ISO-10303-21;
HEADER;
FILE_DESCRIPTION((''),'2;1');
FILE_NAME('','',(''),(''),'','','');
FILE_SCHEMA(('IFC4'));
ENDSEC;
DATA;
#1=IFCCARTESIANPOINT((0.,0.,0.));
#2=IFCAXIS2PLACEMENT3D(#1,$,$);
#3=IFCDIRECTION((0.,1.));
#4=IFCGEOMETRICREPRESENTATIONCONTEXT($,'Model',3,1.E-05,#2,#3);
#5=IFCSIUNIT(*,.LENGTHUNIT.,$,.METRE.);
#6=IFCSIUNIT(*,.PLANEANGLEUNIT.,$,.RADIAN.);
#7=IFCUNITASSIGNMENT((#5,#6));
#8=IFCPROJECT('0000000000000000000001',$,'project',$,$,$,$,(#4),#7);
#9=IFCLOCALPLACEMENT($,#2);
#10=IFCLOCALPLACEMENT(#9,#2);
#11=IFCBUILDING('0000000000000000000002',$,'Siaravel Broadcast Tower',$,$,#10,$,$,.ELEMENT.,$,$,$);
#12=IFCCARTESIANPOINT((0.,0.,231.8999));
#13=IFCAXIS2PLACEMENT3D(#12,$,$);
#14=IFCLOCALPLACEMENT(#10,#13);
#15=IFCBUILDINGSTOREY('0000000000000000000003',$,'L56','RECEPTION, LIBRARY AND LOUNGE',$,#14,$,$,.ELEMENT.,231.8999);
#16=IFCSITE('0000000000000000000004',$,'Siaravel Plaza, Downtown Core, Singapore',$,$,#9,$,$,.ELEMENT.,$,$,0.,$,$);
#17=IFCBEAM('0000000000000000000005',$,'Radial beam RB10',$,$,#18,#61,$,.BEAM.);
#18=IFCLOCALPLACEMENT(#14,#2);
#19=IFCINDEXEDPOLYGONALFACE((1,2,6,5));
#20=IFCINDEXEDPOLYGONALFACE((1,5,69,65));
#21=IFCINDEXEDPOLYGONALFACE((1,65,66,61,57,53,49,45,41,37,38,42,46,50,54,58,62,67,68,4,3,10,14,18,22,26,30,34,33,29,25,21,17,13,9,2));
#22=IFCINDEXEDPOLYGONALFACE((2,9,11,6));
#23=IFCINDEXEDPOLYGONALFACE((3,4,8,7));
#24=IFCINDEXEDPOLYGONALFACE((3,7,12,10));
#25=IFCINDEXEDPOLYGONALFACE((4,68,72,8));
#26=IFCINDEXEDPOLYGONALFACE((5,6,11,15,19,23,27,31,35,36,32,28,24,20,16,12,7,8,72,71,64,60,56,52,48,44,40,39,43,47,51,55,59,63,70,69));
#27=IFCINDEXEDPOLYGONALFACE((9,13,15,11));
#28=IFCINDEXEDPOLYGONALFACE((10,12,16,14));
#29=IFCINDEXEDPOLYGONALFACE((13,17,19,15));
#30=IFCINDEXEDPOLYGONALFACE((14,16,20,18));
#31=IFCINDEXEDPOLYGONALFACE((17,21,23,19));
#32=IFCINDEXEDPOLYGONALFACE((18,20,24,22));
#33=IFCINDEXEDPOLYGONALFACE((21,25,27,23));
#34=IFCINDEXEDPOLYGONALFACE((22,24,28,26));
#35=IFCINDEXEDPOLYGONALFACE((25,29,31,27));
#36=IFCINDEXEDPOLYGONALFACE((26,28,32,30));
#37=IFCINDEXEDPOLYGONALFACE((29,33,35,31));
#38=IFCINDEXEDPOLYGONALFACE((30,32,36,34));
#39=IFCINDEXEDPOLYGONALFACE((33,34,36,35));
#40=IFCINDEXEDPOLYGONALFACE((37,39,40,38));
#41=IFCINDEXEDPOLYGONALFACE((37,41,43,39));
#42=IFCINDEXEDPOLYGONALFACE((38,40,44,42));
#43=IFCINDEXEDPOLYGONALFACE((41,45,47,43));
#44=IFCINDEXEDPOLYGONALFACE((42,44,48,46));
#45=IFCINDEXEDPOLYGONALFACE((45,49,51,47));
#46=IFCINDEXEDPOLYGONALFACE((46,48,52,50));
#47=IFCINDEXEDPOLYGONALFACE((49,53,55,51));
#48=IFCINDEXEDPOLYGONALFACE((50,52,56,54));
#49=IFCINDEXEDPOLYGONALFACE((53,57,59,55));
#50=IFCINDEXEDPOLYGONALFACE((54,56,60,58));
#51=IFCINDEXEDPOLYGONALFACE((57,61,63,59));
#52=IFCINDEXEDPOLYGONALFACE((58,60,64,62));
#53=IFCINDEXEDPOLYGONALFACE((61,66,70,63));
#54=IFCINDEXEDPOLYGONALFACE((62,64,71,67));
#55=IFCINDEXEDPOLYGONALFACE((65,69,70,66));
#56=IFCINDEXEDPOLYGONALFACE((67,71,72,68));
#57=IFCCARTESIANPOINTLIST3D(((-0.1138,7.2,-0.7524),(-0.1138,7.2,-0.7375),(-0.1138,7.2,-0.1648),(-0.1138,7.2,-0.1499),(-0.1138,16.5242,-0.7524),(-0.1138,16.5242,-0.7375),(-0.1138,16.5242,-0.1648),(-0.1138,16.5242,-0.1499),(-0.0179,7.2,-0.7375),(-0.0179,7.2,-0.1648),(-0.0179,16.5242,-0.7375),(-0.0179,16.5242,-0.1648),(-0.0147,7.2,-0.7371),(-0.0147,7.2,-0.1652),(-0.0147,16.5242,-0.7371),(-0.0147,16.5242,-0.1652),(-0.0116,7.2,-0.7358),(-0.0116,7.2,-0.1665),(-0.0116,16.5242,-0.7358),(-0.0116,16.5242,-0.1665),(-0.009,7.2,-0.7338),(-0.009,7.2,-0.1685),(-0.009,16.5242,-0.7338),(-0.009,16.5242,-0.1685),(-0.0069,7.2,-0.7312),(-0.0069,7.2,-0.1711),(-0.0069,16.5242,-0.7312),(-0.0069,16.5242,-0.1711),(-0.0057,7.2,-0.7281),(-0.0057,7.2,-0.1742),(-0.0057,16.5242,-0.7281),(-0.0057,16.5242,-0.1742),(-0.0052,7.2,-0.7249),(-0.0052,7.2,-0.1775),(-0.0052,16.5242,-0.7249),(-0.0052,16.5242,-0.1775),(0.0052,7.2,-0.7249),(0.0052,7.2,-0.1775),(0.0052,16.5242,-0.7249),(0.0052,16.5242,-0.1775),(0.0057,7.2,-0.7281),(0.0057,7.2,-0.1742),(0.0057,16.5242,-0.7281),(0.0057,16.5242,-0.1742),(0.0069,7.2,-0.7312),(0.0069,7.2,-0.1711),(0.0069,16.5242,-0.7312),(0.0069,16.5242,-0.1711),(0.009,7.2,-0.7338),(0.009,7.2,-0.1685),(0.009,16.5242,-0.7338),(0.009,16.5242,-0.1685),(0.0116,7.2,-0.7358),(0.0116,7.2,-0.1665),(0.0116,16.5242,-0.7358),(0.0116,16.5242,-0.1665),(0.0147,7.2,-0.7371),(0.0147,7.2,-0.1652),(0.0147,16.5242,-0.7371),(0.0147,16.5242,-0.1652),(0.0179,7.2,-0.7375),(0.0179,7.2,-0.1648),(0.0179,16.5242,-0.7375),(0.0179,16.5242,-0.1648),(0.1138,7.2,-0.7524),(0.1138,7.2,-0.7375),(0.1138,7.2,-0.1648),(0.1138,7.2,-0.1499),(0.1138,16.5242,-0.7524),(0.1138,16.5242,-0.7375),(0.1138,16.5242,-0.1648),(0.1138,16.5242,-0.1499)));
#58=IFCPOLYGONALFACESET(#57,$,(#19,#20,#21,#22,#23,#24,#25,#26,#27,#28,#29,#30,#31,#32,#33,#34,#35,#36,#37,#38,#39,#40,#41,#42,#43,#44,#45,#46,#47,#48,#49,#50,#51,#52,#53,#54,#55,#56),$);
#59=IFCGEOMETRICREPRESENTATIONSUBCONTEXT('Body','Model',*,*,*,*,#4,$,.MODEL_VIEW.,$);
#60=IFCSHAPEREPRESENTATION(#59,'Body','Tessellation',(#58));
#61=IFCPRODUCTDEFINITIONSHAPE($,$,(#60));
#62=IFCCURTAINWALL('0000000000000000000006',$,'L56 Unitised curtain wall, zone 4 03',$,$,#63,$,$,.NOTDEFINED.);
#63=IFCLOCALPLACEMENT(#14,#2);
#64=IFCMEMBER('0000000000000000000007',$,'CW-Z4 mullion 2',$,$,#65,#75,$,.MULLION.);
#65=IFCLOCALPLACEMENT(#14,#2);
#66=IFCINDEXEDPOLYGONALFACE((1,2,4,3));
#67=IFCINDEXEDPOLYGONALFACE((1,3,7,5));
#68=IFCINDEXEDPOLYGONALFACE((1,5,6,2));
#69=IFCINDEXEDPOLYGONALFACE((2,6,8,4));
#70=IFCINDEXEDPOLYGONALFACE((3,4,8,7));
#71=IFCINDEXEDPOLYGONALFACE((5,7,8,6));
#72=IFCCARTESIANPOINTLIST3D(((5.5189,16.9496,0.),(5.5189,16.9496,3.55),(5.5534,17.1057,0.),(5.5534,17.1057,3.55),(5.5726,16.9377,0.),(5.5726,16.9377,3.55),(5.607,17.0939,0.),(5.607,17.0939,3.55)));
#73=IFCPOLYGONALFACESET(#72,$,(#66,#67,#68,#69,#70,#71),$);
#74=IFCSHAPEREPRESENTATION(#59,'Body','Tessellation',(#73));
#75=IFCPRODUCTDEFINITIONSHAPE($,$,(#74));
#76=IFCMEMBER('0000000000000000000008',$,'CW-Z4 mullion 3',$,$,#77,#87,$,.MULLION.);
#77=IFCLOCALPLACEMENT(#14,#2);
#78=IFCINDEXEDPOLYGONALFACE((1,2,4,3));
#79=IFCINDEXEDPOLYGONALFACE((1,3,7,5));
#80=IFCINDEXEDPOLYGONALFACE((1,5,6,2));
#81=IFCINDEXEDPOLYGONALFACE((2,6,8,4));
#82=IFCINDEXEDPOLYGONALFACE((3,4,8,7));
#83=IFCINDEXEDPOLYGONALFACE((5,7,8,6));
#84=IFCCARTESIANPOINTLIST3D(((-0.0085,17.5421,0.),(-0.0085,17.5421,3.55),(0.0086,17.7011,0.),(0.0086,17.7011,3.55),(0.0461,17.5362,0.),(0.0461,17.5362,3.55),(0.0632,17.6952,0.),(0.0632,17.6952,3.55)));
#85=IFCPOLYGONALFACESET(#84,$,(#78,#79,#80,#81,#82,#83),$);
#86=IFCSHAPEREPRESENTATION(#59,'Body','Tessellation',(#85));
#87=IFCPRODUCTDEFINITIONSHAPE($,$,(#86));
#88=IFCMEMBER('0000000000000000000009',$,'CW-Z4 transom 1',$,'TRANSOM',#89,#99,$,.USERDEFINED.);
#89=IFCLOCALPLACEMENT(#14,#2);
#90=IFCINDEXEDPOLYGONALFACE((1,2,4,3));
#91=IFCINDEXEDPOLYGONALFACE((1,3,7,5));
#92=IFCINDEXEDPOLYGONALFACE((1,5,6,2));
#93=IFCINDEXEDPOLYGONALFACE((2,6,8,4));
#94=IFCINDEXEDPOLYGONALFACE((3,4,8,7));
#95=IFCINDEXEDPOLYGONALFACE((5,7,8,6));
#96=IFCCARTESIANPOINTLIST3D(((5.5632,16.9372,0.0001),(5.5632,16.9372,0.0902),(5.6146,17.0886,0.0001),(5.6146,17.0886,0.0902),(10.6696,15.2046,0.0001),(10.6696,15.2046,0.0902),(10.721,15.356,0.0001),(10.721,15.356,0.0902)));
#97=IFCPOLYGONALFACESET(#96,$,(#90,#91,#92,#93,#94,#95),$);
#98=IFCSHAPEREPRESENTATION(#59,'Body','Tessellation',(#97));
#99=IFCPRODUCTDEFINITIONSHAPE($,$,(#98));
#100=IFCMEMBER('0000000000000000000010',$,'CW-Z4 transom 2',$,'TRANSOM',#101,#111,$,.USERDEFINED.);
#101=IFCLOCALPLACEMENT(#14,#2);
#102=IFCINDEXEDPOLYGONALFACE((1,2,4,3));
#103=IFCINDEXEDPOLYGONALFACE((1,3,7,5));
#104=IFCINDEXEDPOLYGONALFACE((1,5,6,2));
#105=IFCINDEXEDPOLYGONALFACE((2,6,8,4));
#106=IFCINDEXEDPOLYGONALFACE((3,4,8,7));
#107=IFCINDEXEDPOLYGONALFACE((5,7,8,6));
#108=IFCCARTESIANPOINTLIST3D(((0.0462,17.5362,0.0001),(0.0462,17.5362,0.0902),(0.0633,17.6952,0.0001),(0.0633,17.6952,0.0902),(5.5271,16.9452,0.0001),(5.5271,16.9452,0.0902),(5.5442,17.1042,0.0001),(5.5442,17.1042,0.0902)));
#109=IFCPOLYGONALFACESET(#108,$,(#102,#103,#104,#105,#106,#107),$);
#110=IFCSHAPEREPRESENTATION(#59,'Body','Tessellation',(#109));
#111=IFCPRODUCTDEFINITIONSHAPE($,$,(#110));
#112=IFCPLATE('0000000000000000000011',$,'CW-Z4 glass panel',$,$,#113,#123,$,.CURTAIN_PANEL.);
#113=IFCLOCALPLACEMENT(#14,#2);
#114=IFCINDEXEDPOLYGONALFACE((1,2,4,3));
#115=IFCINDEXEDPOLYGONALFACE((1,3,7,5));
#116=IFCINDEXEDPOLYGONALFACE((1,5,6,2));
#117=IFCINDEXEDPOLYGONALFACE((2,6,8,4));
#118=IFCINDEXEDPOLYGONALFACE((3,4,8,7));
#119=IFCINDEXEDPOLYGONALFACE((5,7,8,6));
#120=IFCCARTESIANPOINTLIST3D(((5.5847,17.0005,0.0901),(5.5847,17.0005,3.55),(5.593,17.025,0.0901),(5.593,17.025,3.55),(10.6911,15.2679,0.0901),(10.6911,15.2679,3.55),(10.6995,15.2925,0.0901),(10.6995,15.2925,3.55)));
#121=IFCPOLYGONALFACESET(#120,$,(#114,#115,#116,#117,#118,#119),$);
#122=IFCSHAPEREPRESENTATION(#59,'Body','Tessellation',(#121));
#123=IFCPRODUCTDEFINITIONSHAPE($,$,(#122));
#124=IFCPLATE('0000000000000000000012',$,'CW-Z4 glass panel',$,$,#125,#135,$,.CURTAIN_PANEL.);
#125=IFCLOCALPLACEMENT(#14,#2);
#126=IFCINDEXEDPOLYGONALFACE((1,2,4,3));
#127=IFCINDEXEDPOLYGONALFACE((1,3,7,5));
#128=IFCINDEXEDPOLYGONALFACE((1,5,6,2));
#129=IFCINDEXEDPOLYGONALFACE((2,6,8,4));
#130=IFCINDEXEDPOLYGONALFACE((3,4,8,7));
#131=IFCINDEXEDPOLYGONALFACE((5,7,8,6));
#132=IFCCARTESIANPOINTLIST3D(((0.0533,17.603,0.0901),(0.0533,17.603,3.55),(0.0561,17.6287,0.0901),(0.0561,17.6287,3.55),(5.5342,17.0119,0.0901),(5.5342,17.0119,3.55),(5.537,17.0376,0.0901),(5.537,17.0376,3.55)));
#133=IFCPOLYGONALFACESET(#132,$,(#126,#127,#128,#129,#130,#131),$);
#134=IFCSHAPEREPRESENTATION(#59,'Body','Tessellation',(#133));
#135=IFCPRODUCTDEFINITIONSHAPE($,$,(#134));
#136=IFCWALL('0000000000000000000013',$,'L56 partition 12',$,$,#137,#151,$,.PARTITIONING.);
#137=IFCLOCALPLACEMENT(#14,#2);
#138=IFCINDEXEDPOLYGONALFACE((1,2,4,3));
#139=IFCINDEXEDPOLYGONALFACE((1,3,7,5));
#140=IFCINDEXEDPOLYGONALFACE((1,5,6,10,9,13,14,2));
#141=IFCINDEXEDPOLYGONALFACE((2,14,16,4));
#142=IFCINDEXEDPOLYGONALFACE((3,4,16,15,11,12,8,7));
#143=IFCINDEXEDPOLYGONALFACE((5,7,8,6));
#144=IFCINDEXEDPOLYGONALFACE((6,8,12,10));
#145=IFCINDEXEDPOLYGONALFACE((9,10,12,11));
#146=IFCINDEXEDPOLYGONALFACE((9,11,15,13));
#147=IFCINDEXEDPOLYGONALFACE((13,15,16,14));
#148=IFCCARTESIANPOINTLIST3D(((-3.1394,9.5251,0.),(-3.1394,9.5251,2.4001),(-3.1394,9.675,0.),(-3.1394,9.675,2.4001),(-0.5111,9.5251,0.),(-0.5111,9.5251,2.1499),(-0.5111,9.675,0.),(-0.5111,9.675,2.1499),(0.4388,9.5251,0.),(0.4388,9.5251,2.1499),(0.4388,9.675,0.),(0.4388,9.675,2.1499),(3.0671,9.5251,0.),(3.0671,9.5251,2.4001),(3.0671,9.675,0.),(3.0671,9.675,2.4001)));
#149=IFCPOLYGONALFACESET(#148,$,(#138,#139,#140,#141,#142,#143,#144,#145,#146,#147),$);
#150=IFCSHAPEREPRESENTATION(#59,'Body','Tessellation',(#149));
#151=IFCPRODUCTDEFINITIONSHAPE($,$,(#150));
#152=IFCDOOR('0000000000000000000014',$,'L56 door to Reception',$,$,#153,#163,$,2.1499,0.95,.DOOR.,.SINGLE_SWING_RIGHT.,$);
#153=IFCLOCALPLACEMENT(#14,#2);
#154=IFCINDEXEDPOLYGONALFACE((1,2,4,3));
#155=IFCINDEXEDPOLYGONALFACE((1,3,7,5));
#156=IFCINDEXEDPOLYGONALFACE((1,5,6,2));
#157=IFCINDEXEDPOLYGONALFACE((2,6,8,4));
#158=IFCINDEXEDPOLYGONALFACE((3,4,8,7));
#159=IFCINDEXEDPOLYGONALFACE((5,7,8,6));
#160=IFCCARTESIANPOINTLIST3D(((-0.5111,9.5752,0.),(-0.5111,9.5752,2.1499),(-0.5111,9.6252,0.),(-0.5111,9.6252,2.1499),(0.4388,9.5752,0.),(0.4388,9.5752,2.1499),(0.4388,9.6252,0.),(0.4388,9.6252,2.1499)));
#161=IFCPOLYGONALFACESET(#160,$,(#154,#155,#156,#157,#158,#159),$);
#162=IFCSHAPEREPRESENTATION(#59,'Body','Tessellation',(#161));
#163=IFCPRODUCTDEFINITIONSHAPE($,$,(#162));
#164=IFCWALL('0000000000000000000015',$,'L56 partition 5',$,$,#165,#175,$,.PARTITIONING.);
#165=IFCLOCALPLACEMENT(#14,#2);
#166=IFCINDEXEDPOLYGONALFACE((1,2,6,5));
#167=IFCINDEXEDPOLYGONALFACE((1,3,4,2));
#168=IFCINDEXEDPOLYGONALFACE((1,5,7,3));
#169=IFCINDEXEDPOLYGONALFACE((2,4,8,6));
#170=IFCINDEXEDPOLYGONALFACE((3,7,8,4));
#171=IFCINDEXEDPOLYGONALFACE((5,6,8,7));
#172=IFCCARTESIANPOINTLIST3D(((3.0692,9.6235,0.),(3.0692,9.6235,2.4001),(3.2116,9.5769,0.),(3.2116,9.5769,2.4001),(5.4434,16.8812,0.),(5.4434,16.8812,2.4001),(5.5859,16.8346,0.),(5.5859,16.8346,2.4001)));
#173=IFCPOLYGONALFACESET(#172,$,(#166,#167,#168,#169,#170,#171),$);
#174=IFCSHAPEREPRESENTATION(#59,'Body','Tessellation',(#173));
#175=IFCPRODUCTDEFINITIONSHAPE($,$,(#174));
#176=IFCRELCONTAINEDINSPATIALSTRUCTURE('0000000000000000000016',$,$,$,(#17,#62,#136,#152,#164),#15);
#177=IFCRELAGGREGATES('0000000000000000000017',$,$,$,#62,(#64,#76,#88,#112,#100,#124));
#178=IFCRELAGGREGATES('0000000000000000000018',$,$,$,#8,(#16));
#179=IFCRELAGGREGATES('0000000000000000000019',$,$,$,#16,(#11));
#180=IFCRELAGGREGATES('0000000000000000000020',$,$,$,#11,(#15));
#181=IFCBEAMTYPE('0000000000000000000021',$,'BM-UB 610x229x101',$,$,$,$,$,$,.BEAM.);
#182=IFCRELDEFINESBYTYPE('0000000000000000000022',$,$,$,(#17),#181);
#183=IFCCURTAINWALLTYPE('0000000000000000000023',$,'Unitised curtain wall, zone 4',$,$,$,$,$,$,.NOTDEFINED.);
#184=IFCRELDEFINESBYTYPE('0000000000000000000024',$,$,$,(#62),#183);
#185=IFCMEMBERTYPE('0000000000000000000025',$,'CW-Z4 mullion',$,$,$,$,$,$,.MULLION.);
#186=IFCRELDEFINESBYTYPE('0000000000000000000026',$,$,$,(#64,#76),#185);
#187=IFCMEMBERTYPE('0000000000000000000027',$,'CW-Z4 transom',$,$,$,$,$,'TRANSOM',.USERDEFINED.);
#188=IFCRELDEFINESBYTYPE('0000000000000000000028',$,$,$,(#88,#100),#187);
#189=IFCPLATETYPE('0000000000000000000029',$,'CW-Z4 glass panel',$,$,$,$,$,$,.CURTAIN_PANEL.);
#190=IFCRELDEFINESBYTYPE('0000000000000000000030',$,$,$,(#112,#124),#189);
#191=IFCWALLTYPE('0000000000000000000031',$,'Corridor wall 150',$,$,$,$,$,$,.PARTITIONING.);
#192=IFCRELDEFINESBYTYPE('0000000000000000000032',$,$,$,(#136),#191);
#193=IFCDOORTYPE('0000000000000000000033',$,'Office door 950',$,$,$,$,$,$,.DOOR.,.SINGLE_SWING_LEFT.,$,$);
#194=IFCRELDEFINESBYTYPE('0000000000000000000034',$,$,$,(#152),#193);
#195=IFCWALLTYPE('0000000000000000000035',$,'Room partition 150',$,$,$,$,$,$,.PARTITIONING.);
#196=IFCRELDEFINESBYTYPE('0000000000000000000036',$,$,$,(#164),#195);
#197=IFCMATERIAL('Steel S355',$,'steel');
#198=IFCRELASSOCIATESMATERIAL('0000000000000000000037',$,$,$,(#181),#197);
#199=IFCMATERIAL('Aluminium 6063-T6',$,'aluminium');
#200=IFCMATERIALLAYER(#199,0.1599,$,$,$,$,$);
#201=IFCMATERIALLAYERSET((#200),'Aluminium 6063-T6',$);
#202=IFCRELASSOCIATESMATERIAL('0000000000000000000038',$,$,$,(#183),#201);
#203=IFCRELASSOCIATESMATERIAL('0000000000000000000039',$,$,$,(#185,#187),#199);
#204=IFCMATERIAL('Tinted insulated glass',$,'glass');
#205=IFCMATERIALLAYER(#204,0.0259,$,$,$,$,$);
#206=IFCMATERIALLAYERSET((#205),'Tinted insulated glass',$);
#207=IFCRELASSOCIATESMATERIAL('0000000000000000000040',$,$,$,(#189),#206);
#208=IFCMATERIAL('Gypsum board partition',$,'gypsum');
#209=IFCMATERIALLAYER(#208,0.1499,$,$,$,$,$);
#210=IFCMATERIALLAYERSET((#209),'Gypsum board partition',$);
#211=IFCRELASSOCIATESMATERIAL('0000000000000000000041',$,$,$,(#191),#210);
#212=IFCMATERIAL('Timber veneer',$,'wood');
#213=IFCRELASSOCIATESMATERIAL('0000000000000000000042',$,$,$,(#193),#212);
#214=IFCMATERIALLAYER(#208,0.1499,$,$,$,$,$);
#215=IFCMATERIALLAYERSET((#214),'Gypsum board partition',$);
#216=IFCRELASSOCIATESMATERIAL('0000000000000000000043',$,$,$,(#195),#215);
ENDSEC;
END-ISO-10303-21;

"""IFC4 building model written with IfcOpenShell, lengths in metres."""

from ifc_helpers import new_model, si_unit, direction, frame, frame_2d, origin, origin_2d, place, context, subcontext, project, spatial, rectangle, i_section, extrude, material, layer, layer_set, material_profile, profile_set, type_object, element, fill, aggregate, save


model = new_model("IFC4")

# Units and contexts
model_context = context("Model", 3, precision=1e-05, world=origin(), true_north=direction((0.0, 1.0)))
body_context = subcontext(model_context, "Body", "Model", "MODEL_VIEW")
ifc_project = project(units=[si_unit("LENGTHUNIT", "METRE"), si_unit("PLANEANGLEUNIT", "RADIAN")], contexts=[model_context])

# Site, building, storey
site_placement = place(None, origin())
site = spatial("IfcSite", under=ifc_project, at=site_placement, Name="Siaravel Plaza, Downtown Core, Singapore", CompositionType="ELEMENT", RefElevation=0.0)
building_placement = place(site_placement, origin())
building = spatial("IfcBuilding", under=site, at=building_placement, Name="Siaravel Broadcast Tower", CompositionType="ELEMENT")
storey_placement = place(building_placement, frame((0.0, 0.0, 231.8999)))
storey = spatial("IfcBuildingStorey", under=building, at=storey_placement, Name="L56", Description="RECEPTION, LIBRARY AND LOUNGE", CompositionType="ELEMENT", Elevation=231.8999)

# Beam
ifc_material_1 = material(Name="Steel S355", Category="steel")
ifc_material_profile_1 = material_profile(ifc_material_1, i_section(OverallWidth=0.2275, OverallDepth=0.6025, WebThickness=0.0105, FlangeThickness=0.0149, FilletRadius=0.0127, at=origin_2d()))
ifc_profile_set_1 = profile_set([ifc_material_profile_1], Name="Steel S355")
beam_type = type_object("IfcBeamType", Name="BM-UB 610x229x101", PredefinedType="BEAM", material=ifc_profile_set_1)
beam_1_placement = place(storey_placement, frame((0.0, 16.5242, -0.4512), z_axis=(0.0, -1.0, 0.0), x_axis=(1.0, 0.0, 0.0)))
element("IfcBeam", 1, at=beam_1_placement, inside=storey, type_object=beam_type, Name="Radial beam RB10", PredefinedType="BEAM", context=body_context, shape_type="SweptSolid", body=[
    extrude(i_section(OverallWidth=0.2275, OverallDepth=0.6025, WebThickness=0.0105, FlangeThickness=0.0149, FilletRadius=0.0127, at=origin_2d()), origin(), (0.0, 0.0, 1.0), 9.3242),
])

# Curtain wall, members, plates
ifc_material_2 = material(Name="Aluminium 6063-T6", Category="aluminium")
ifc_layer_1 = layer(ifc_material_2, 0.1599)
ifc_layer_set_1 = layer_set([ifc_layer_1], Name="Aluminium 6063-T6")
curtain_wall_type = type_object("IfcCurtainWallType", Name="Unitised curtain wall, zone 4", PredefinedType="NOTDEFINED", material=ifc_layer_set_1)
curtain_wall_placement = place(storey_placement, origin())
curtain_wall = element("IfcCurtainWall", 2, at=curtain_wall_placement, inside=storey, type_object=curtain_wall_type, Name="L56 Unitised curtain wall, zone 4 03", PredefinedType="NOTDEFINED")
ifc_material_profile_2 = material_profile(ifc_material_2, rectangle(XDim=0.1599, YDim=0.0549, at=origin_2d()))
ifc_profile_set_2 = profile_set([ifc_material_profile_2], Name="Aluminium 6063-T6")
member_type_1 = type_object("IfcMemberType", Name="CW-Z4 mullion", PredefinedType="MULLION", material=ifc_profile_set_2)
member_1_placement = place(storey_placement, frame((5.563, 17.0217, 0.0), z_axis=(0.0, 0.0, 1.0), x_axis=(-0.215559, -0.976491, 0.0)))
member_1 = element("IfcMember", 3, at=member_1_placement, type_object=member_type_1, Name="CW-Z4 mullion 2", PredefinedType="MULLION", context=body_context, shape_type="SweptSolid", body=[
    extrude(rectangle(XDim=0.1599, YDim=0.0549, at=origin_2d()), origin(), (0.0, 0.0, 1.0), 3.55),
])
member_2_placement = place(storey_placement, frame((0.0273, 17.6187, 0.0), z_axis=(0.0, 0.0, 1.0), x_axis=(-0.107218, -0.994236, 0.0)))
member_2 = element("IfcMember", 4, at=member_2_placement, type_object=member_type_1, Name="CW-Z4 mullion 3", PredefinedType="MULLION", context=body_context, shape_type="SweptSolid", body=[
    extrude(rectangle(XDim=0.1599, YDim=0.0549, at=origin_2d()), origin(), (0.0, 0.0, 1.0), 3.55),
])
ifc_material_profile_3 = material_profile(ifc_material_2, rectangle(XDim=0.1599, YDim=0.0901, at=origin_2d()))
ifc_profile_set_3 = profile_set([ifc_material_profile_3], Name="Aluminium 6063-T6")
member_type_2 = type_object("IfcMemberType", Name="CW-Z4 transom", ElementType="TRANSOM", PredefinedType="USERDEFINED", material=ifc_profile_set_3)
member_3_placement = place(storey_placement, frame((10.6953, 15.2803, 0.0452), z_axis=(-0.946972, 0.321317, 0.0), x_axis=(-0.321317, -0.946972, 0.0)))
member_3 = element("IfcMember", 5, at=member_3_placement, type_object=member_type_2, Name="CW-Z4 transom 1", ObjectType="TRANSOM", PredefinedType="USERDEFINED", context=body_context, shape_type="SweptSolid", body=[
    extrude(rectangle(XDim=0.1599, YDim=0.0901, at=origin_2d()), origin(), (0.0, 0.0, 1.0), 5.3923),
])
member_4_placement = place(storey_placement, frame((5.5356, 17.0247, 0.0452), z_axis=(-0.994236, 0.107218, 0.0), x_axis=(-0.107218, -0.994236, 0.0)))
member_4 = element("IfcMember", 6, at=member_4_placement, type_object=member_type_2, Name="CW-Z4 transom 2", ObjectType="TRANSOM", PredefinedType="USERDEFINED", context=body_context, shape_type="SweptSolid", body=[
    extrude(rectangle(XDim=0.1599, YDim=0.0901, at=origin_2d()), origin(), (0.0, 0.0, 1.0), 5.5127),
])
ifc_material_3 = material(Name="Tinted insulated glass", Category="glass")
ifc_layer_2 = layer(ifc_material_3, 0.0259)
ifc_layer_set_2 = layer_set([ifc_layer_2], Name="Tinted insulated glass")
plate_type = type_object("IfcPlateType", Name="CW-Z4 glass panel", PredefinedType="CURTAIN_PANEL", material=ifc_layer_set_2)
plate_1_placement = place(storey_placement, frame((8.1421, 16.1465, 0.0901), z_axis=(0.0, 0.0, 1.0), x_axis=(-0.946977, 0.321301, 0.0)))
plate_1 = element("IfcPlate", 7, at=plate_1_placement, type_object=plate_type, Name="CW-Z4 glass panel", PredefinedType="CURTAIN_PANEL", context=body_context, shape_type="SweptSolid", body=[
    extrude(rectangle(XDim=5.3923, YDim=0.0259, at=origin_2d()), origin(), (0.0, 0.0, 1.0), 3.46),
])
plate_2_placement = place(storey_placement, frame((2.7952, 17.3203, 0.0901), z_axis=(0.0, 0.0, 1.0), x_axis=(-0.994236, 0.107218, 0.0)))
plate_2 = element("IfcPlate", 8, at=plate_2_placement, type_object=plate_type, Name="CW-Z4 glass panel", PredefinedType="CURTAIN_PANEL", context=body_context, shape_type="SweptSolid", body=[
    extrude(rectangle(XDim=5.5127, YDim=0.0259, at=origin_2d()), origin(), (0.0, 0.0, 1.0), 3.46),
])
aggregate(curtain_wall, [member_1, member_2, member_3, plate_1, member_4, plate_2])

# Wall, opening, door
ifc_material_4 = material(Name="Gypsum board partition", Category="gypsum")
ifc_layer_3 = layer(ifc_material_4, 0.1499)
ifc_layer_set_3 = layer_set([ifc_layer_3], Name="Gypsum board partition")
wall_type_1 = type_object("IfcWallType", Name="Corridor wall 150", PredefinedType="PARTITIONING", material=ifc_layer_set_3)
wall_1_placement = place(storey_placement, frame((3.0671, 9.6001, 0.0), z_axis=(0.0, 0.0, 1.0), x_axis=(-1.0, 0.0, 0.0)))
wall_1 = element("IfcWall", 9, at=wall_1_placement, inside=storey, type_object=wall_type_1, Name="L56 partition 12", PredefinedType="PARTITIONING", context=body_context, shape_type="SweptSolid", body=[
    extrude(rectangle(XDim=6.2065, YDim=0.1499, at=frame_2d((3.1033, 0.0))), origin(), (0.0, 0.0, 1.0), 2.4001),
])
opening_1_placement = place(wall_1_placement, frame((2.6282, 0.0, 0.0)))
opening_1 = element("IfcOpeningElement", 10, at=opening_1_placement, cuts=wall_1, PredefinedType="OPENING", context=body_context, shape_type="SweptSolid", body=[
    extrude(rectangle(XDim=0.95, YDim=2.1499, at=frame_2d((0.4751, 1.075))), frame((0.0, 0.085, 0.0), z_axis=(0.0, -1.0, 0.0), x_axis=(1.0, 0.0, 0.0)), (0.0, 0.0, 1.0), 0.1699),
])
ifc_material_5 = material(Name="Timber veneer", Category="wood")
door_type_1 = type_object("IfcDoorType", Name="Office door 950", OperationType="SINGLE_SWING_LEFT", PredefinedType="DOOR", material=ifc_material_5)
door_1_placement = place(opening_1_placement, origin())
door_1 = element("IfcDoor", 11, at=door_1_placement, inside=storey, type_object=door_type_1, Name="L56 door to Reception", OperationType="SINGLE_SWING_RIGHT", OverallHeight=2.1499, OverallWidth=0.95, PredefinedType="DOOR", context=body_context, shape_type="SweptSolid", body=[
    extrude(rectangle(XDim=0.95, YDim=2.1499, at=frame_2d((0.4751, 1.075))), frame((0.0, 0.0249, 0.0), z_axis=(0.0, -1.0, 0.0), x_axis=(1.0, 0.0, 0.0)), (0.0, 0.0, 1.0), 0.05),
])
fill(opening_1, door_1)

# Wall
ifc_layer_4 = layer(ifc_material_4, 0.1499)
ifc_layer_set_4 = layer_set([ifc_layer_4], Name="Gypsum board partition")
wall_type_2 = type_object("IfcWallType", Name="Room partition 150", PredefinedType="PARTITIONING", material=ifc_layer_set_4)
wall_2_placement = place(storey_placement, frame((5.5146, 16.8579, 0.0), z_axis=(0.0, 0.0, 1.0), x_axis=(-0.310919, -0.950436, 0.0)))
element("IfcWall", 12, at=wall_2_placement, inside=storey, type_object=wall_type_2, Name="L56 partition 5", PredefinedType="PARTITIONING", context=body_context, shape_type="SweptSolid", body=[
    extrude(rectangle(XDim=7.6362, YDim=0.1499, at=frame_2d((3.8181, 0.0))), origin(), (0.0, 0.0, 1.0), 2.4001),
])

save(model, "model.ifc")
